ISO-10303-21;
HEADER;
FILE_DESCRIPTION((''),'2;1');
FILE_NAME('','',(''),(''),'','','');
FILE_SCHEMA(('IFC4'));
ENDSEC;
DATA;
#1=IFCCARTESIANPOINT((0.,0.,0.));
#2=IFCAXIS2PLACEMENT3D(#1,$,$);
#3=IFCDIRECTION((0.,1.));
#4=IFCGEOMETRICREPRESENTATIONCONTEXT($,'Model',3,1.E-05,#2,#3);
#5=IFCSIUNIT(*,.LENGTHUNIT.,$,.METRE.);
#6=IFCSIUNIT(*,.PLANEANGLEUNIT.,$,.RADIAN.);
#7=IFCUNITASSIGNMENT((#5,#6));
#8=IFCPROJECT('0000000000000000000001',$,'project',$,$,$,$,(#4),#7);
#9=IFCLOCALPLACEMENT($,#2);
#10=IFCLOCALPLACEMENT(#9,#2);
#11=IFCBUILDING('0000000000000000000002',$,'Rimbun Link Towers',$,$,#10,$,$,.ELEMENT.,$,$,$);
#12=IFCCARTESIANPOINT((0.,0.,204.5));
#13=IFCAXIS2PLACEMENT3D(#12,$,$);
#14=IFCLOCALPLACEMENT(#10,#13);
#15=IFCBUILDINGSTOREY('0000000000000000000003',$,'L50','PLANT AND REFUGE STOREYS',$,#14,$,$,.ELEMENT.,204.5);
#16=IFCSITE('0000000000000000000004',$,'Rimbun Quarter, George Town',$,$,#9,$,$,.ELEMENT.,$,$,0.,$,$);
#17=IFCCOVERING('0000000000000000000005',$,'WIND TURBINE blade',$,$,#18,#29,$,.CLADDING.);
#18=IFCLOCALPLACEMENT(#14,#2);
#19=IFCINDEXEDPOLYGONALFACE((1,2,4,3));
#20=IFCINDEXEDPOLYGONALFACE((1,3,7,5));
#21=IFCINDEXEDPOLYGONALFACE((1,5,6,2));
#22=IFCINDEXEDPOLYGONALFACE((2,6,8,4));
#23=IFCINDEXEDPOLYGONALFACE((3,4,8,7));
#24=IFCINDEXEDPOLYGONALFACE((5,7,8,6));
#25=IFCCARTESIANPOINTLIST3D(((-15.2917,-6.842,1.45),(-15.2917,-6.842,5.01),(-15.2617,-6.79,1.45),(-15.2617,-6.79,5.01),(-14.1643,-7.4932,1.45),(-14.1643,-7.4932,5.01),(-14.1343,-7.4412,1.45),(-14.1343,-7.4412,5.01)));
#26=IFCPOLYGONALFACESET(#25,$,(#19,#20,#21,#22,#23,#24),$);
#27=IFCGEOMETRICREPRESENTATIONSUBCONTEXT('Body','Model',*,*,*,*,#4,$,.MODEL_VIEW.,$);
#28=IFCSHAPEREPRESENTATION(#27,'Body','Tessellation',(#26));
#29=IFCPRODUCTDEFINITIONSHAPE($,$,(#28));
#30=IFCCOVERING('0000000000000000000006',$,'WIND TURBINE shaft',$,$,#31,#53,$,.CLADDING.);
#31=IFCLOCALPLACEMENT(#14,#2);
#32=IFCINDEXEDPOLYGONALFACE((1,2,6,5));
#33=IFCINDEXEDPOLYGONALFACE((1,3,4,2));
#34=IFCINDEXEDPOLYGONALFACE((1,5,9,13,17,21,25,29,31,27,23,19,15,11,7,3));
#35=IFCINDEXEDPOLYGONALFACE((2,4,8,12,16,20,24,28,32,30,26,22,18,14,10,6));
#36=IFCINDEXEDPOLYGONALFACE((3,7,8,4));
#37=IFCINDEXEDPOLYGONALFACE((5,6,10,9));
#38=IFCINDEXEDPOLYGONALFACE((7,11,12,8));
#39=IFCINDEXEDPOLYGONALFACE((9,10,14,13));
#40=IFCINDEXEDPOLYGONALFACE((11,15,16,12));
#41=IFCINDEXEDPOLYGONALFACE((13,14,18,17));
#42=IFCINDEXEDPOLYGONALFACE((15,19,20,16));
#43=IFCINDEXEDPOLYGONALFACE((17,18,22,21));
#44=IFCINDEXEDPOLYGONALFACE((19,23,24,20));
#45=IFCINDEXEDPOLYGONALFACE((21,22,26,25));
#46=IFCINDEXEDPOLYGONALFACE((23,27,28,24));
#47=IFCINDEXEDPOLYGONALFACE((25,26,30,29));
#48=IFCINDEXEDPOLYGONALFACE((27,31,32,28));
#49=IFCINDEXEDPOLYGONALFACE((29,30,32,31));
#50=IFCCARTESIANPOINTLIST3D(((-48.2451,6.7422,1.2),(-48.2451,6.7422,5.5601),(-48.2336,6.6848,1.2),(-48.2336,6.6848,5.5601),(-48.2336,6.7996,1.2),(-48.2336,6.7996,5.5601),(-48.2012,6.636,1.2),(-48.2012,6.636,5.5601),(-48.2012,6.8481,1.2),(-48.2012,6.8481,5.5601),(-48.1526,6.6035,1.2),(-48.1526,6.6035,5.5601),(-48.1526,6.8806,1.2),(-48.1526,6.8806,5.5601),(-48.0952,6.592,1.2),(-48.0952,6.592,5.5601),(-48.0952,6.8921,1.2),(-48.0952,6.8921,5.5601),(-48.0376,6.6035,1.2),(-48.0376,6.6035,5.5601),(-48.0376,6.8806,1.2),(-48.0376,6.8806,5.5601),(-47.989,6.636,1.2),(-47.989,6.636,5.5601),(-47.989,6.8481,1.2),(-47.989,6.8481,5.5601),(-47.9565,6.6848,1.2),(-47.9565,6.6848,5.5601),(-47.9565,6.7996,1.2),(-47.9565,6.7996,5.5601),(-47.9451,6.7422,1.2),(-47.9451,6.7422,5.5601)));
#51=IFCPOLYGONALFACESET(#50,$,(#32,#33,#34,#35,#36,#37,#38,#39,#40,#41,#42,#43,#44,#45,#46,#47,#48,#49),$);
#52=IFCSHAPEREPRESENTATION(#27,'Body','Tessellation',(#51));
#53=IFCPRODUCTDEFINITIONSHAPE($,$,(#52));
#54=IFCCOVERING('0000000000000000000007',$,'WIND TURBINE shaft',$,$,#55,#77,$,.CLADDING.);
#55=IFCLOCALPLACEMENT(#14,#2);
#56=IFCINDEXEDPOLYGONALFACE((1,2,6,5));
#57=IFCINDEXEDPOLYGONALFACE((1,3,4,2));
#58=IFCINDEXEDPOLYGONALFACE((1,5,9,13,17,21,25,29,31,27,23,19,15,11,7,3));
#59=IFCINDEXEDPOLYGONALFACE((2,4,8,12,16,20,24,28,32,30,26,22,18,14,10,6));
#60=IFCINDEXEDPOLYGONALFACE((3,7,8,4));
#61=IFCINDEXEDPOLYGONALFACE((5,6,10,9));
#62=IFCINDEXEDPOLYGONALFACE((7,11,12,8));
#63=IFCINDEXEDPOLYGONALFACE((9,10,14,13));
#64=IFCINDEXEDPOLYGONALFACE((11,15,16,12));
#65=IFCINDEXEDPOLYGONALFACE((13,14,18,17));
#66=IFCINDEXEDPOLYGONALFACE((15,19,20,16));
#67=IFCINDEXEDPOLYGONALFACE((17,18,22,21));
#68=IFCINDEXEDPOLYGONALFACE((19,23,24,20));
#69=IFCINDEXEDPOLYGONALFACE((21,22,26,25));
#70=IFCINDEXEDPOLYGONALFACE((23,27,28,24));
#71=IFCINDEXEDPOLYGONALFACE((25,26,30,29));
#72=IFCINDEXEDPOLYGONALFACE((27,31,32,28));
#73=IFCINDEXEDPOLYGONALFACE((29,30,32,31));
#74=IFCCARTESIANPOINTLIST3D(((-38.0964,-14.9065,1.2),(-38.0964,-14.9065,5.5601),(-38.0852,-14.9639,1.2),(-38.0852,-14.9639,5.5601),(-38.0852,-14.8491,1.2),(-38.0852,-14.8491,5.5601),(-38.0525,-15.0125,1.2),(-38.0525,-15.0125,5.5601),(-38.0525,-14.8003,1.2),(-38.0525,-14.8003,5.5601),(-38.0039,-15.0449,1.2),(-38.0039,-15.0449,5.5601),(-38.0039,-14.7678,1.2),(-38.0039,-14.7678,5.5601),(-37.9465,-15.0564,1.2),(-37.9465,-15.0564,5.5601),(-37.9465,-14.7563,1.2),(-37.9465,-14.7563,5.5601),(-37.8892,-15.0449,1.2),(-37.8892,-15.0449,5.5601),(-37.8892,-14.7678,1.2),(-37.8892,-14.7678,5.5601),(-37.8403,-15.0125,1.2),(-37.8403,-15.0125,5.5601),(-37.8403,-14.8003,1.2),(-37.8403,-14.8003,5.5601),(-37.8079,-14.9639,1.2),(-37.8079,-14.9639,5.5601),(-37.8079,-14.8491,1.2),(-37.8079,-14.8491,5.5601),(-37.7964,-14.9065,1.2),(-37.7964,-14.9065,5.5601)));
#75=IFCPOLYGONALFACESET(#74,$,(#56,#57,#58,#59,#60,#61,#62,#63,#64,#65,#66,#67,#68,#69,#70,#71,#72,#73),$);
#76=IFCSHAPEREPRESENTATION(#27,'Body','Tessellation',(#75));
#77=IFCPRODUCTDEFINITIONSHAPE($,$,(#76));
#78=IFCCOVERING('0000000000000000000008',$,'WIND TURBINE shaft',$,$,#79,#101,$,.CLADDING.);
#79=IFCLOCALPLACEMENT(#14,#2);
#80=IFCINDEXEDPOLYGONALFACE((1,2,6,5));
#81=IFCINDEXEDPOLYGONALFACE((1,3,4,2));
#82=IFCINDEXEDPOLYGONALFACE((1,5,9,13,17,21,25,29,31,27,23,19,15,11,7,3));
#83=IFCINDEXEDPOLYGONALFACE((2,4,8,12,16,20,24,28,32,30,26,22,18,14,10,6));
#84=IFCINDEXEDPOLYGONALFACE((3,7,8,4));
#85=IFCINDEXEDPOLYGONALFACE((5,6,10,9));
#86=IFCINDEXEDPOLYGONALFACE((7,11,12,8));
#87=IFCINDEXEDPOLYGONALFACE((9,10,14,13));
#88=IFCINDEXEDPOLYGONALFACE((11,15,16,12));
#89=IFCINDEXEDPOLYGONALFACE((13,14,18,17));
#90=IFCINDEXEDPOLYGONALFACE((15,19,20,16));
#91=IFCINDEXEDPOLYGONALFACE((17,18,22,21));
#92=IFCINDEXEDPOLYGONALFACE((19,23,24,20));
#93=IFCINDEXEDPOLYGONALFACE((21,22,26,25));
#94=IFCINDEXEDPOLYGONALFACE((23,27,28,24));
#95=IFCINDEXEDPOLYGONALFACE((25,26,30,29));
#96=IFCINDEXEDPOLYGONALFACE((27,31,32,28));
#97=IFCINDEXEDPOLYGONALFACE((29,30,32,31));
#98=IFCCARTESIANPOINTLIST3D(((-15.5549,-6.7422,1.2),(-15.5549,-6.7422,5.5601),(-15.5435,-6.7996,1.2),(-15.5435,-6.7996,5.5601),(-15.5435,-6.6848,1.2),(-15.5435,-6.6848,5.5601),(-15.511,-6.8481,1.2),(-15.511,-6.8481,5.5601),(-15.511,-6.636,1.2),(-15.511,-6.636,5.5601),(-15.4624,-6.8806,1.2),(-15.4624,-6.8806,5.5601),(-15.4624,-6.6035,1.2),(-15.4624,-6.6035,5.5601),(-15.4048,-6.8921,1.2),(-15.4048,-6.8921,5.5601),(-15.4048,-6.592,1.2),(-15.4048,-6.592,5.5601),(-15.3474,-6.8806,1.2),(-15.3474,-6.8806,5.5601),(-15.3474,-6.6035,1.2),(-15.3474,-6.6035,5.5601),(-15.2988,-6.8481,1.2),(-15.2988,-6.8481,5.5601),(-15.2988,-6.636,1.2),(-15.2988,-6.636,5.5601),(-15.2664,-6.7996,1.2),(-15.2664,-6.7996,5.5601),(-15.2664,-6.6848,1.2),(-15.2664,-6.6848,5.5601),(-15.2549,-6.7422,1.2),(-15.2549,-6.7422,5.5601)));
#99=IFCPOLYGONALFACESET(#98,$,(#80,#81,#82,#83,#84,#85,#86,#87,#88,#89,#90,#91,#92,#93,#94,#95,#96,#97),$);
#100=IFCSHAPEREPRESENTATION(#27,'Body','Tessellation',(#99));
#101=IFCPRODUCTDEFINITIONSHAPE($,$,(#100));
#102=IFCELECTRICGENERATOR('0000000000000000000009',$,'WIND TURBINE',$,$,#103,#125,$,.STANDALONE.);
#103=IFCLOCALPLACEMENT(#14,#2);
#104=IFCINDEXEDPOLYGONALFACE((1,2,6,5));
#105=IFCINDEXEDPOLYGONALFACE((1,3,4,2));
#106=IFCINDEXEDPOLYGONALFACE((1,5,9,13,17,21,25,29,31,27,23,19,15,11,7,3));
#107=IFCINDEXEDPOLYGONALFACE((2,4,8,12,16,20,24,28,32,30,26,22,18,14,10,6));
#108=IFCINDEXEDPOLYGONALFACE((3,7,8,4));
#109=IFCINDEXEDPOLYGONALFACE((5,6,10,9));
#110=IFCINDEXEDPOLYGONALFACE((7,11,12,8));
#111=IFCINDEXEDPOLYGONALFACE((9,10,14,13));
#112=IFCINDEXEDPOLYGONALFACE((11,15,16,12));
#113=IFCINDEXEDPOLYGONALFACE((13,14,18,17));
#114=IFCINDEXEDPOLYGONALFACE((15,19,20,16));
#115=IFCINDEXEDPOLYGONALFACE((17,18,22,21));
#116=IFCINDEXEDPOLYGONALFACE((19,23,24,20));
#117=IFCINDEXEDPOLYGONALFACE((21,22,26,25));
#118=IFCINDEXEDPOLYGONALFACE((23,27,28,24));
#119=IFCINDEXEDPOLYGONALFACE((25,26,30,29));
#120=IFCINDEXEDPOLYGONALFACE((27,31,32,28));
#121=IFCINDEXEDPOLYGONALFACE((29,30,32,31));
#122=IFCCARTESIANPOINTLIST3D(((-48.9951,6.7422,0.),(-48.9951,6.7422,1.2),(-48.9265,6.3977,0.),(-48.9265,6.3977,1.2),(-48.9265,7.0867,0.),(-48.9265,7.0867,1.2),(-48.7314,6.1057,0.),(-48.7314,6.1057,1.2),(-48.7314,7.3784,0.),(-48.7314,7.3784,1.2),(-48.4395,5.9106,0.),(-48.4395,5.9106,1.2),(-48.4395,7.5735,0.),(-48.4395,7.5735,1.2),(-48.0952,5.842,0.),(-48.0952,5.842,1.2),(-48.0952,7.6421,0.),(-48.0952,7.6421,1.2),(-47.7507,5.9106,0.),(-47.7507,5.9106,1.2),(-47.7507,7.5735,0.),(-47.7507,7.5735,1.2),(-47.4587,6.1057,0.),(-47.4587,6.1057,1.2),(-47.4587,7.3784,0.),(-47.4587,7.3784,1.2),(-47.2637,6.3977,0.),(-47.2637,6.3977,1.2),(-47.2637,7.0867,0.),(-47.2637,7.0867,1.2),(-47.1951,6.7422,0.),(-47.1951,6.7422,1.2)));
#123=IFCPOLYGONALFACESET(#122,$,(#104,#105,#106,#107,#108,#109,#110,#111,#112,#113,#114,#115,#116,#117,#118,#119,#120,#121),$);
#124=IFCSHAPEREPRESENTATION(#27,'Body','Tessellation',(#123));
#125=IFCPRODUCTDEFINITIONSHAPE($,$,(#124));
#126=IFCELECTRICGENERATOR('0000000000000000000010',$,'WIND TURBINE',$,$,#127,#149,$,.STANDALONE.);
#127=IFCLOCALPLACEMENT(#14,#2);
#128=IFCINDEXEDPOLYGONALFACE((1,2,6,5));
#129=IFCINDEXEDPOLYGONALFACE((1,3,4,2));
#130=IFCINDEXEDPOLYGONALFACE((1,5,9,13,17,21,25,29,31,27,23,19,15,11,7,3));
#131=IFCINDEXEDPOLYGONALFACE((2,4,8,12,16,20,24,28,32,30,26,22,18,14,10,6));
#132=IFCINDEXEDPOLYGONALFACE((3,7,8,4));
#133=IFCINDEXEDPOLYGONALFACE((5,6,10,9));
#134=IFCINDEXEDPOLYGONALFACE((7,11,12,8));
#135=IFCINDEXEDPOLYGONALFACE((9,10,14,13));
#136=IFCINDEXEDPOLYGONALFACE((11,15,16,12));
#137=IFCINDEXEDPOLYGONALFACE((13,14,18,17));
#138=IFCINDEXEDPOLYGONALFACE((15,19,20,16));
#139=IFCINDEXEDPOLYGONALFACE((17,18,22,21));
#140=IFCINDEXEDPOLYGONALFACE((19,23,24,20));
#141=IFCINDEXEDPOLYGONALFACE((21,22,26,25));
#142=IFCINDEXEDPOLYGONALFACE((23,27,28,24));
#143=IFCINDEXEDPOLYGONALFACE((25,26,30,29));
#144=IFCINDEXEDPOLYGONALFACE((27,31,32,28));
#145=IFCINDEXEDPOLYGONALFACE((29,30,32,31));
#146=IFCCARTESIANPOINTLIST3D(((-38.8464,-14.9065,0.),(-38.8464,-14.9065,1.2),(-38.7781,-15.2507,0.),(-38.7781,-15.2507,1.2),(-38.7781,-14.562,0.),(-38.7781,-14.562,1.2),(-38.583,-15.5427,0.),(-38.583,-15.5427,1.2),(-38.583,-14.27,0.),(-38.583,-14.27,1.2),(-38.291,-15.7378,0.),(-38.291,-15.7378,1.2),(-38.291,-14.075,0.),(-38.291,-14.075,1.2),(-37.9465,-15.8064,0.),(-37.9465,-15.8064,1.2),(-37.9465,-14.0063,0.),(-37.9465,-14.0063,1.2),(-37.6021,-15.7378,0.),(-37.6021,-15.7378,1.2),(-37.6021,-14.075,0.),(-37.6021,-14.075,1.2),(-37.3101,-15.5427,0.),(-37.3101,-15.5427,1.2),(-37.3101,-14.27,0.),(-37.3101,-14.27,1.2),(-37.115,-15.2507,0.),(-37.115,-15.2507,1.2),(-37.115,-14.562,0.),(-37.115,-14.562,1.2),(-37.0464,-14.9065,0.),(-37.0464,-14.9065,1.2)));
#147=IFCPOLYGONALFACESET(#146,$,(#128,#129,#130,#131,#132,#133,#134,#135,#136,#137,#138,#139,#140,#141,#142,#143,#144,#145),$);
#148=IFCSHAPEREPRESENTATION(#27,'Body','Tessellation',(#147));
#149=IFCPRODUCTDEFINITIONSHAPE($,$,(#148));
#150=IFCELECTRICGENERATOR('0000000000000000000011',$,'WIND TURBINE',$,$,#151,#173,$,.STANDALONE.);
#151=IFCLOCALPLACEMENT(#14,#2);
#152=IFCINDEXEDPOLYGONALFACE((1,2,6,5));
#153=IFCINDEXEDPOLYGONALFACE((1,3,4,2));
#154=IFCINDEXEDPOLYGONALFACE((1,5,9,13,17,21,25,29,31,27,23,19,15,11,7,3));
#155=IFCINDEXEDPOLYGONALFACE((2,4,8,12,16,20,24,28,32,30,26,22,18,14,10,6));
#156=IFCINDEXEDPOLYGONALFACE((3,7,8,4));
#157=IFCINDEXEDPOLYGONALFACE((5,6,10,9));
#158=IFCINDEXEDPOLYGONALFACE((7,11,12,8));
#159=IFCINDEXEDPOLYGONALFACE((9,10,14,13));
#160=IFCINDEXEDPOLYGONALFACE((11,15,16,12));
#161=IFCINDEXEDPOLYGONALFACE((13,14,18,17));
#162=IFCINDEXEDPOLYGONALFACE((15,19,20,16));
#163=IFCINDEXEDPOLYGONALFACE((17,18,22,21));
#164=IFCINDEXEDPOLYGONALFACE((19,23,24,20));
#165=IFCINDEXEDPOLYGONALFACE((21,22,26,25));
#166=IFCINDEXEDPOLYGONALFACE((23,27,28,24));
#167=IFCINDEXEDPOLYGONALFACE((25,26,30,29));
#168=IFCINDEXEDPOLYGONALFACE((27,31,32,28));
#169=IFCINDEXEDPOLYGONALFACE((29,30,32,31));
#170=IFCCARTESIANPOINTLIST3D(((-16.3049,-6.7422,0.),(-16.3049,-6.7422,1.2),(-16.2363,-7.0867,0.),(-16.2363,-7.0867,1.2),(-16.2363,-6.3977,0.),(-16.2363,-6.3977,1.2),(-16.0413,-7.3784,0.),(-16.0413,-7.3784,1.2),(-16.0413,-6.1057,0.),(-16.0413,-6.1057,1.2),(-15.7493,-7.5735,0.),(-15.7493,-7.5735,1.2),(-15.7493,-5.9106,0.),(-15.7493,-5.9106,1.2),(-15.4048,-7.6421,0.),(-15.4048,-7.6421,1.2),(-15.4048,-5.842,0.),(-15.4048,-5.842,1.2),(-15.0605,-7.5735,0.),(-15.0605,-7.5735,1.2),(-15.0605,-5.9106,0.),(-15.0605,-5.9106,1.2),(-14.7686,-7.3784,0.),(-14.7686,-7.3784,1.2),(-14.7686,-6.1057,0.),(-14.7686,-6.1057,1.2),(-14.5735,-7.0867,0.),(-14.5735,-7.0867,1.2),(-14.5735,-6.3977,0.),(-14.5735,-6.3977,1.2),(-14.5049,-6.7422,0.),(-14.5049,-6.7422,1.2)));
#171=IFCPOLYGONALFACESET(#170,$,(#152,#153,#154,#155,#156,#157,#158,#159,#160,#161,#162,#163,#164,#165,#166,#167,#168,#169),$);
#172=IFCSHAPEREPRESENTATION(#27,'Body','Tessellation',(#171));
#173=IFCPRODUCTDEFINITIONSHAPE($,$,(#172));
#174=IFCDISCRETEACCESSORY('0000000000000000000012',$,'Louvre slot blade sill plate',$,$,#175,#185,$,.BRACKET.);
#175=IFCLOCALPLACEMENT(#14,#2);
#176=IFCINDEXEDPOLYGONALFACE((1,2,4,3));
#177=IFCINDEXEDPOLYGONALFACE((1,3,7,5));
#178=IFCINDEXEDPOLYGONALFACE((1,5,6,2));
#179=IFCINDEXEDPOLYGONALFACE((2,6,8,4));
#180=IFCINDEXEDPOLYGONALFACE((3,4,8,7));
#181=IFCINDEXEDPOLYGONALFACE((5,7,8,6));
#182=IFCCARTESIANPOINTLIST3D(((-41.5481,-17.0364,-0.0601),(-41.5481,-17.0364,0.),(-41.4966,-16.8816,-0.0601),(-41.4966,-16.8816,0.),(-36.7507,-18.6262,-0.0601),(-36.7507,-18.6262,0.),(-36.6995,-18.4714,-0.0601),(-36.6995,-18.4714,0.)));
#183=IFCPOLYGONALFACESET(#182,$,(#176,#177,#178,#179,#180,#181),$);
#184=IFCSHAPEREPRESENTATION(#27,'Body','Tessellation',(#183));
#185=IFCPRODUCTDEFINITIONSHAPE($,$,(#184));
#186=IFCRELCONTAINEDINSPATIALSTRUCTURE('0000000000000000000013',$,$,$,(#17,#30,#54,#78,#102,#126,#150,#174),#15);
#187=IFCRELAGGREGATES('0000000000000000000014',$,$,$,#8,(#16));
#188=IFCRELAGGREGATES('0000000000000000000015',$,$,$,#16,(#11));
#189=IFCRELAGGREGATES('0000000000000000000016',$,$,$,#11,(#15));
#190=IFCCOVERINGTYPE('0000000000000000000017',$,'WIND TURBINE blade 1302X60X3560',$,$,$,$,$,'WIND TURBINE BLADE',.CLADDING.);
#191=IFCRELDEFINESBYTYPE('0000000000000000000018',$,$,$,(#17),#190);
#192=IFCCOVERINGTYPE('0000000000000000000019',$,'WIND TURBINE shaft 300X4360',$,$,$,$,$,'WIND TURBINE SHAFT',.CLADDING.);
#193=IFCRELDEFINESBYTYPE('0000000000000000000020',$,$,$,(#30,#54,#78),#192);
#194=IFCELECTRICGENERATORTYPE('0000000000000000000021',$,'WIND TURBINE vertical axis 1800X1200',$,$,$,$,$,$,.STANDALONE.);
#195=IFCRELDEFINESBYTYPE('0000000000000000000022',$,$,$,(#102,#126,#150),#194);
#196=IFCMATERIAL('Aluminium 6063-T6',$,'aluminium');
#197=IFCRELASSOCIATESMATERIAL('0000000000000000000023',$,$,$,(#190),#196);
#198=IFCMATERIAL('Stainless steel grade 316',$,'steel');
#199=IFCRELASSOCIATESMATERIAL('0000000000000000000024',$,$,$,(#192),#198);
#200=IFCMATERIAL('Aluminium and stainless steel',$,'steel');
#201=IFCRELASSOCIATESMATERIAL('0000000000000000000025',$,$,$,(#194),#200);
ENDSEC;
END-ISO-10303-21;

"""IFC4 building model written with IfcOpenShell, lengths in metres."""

from ifc_helpers import new_model, si_unit, direction, frame, origin, place, context, subcontext, project, spatial, polyline, outline, extrude, material, type_object, element, save


model = new_model("IFC4")

# Units and contexts
model_context = context("Model", 3, precision=1e-05, world=origin(), true_north=direction((0.0, 1.0)))
body_context = subcontext(model_context, "Body", "Model", "MODEL_VIEW")
ifc_project = project(units=[si_unit("LENGTHUNIT", "METRE"), si_unit("PLANEANGLEUNIT", "RADIAN")], contexts=[model_context])

# Site, building, storey
site_placement = place(None, origin())
site = spatial("IfcSite", under=ifc_project, at=site_placement, Name="Rimbun Quarter, George Town", CompositionType="ELEMENT", RefElevation=0.0)
building_placement = place(site_placement, origin())
building = spatial("IfcBuilding", under=site, at=building_placement, Name="Rimbun Link Towers", CompositionType="ELEMENT")
storey_placement = place(building_placement, frame((0.0, 0.0, 204.5)))
storey = spatial("IfcBuildingStorey", under=building, at=storey_placement, Name="L50", Description="PLANT AND REFUGE STOREYS", CompositionType="ELEMENT", Elevation=204.5)

# Coverings
ifc_material_1 = material(Name="Aluminium 6063-T6", Category="aluminium")
covering_type_1 = type_object("IfcCoveringType", Name="WIND TURBINE blade 1302X60X3560", ElementType="WIND TURBINE BLADE", PredefinedType="CLADDING", material=ifc_material_1)
covering_1_placement = place(storey_placement, frame((0.0, 0.0, 1.45)))
element("IfcCovering", 1, at=covering_1_placement, inside=storey, type_object=covering_type_1, Name="WIND TURBINE blade", PredefinedType="CLADDING", context=body_context, shape_type="SweptSolid", body=[
    extrude(outline(polyline([(-15.2917, -6.842), (-14.1643, -7.4932), (-14.1343, -7.4412), (-15.2617, -6.79), (-15.2917, -6.842)])), origin(), (0.0, 0.0, 1.0), 3.5601),
])
ifc_material_2 = material(Name="Stainless steel grade 316", Category="steel")
covering_type_2 = type_object("IfcCoveringType", Name="WIND TURBINE shaft 300X4360", ElementType="WIND TURBINE SHAFT", PredefinedType="CLADDING", material=ifc_material_2)
covering_2_placement = place(storey_placement, frame((0.0, 0.0, 1.2)))
element("IfcCovering", 2, at=covering_2_placement, inside=storey, type_object=covering_type_2, Name="WIND TURBINE shaft", PredefinedType="CLADDING", context=body_context, shape_type="SweptSolid", body=[
    extrude(outline(polyline([(-47.9451, 6.7422), (-47.9565, 6.7996), (-47.989, 6.8481), (-48.0376, 6.8806), (-48.0952, 6.8921), (-48.1526, 6.8806), (-48.2012, 6.8481), (-48.2336, 6.7996), (-48.2451, 6.7422), (-48.2336, 6.6848), (-48.2012, 6.636), (-48.1526, 6.6035), (-48.0952, 6.592), (-48.0376, 6.6035), (-47.989, 6.636), (-47.9565, 6.6848), (-47.9451, 6.7422)])), origin(), (0.0, 0.0, 1.0), 4.3601),
])
covering_3_placement = place(storey_placement, frame((0.0, 0.0, 1.2)))
element("IfcCovering", 3, at=covering_3_placement, inside=storey, type_object=covering_type_2, Name="WIND TURBINE shaft", PredefinedType="CLADDING", context=body_context, shape_type="SweptSolid", body=[
    extrude(outline(polyline([(-37.7964, -14.9065), (-37.8079, -14.8491), (-37.8403, -14.8003), (-37.8892, -14.7678), (-37.9465, -14.7563), (-38.0039, -14.7678), (-38.0525, -14.8003), (-38.0852, -14.8491), (-38.0964, -14.9065), (-38.0852, -14.9639), (-38.0525, -15.0125), (-38.0039, -15.0449), (-37.9465, -15.0564), (-37.8892, -15.0449), (-37.8403, -15.0125), (-37.8079, -14.9639), (-37.7964, -14.9065)])), origin(), (0.0, 0.0, 1.0), 4.3601),
])
covering_4_placement = place(storey_placement, frame((0.0, 0.0, 1.2)))
element("IfcCovering", 4, at=covering_4_placement, inside=storey, type_object=covering_type_2, Name="WIND TURBINE shaft", PredefinedType="CLADDING", context=body_context, shape_type="SweptSolid", body=[
    extrude(outline(polyline([(-15.2549, -6.7422), (-15.2664, -6.6848), (-15.2988, -6.636), (-15.3474, -6.6035), (-15.4048, -6.592), (-15.4624, -6.6035), (-15.511, -6.636), (-15.5435, -6.6848), (-15.5549, -6.7422), (-15.5435, -6.7996), (-15.511, -6.8481), (-15.4624, -6.8806), (-15.4048, -6.8921), (-15.3474, -6.8806), (-15.2988, -6.8481), (-15.2664, -6.7996), (-15.2549, -6.7422)])), origin(), (0.0, 0.0, 1.0), 4.3601),
])

# Electric generators
ifc_material_3 = material(Name="Aluminium and stainless steel", Category="steel")
electric_generator_type = type_object("IfcElectricGeneratorType", Name="WIND TURBINE vertical axis 1800X1200", PredefinedType="STANDALONE", material=ifc_material_3)
electric_generator_1_placement = place(storey_placement, origin())
element("IfcElectricGenerator", 5, at=electric_generator_1_placement, inside=storey, type_object=electric_generator_type, Name="WIND TURBINE", PredefinedType="STANDALONE", context=body_context, shape_type="SweptSolid", body=[
    extrude(outline(polyline([(-47.1951, 6.7422), (-47.2637, 7.0867), (-47.4587, 7.3784), (-47.7507, 7.5735), (-48.0952, 7.6421), (-48.4395, 7.5735), (-48.7314, 7.3784), (-48.9265, 7.0867), (-48.9951, 6.7422), (-48.9265, 6.3977), (-48.7314, 6.1057), (-48.4395, 5.9106), (-48.0952, 5.842), (-47.7507, 5.9106), (-47.4587, 6.1057), (-47.2637, 6.3977), (-47.1951, 6.7422)])), origin(), (0.0, 0.0, 1.0), 1.2),
])
electric_generator_2_placement = place(storey_placement, origin())
element("IfcElectricGenerator", 6, at=electric_generator_2_placement, inside=storey, type_object=electric_generator_type, Name="WIND TURBINE", PredefinedType="STANDALONE", context=body_context, shape_type="SweptSolid", body=[
    extrude(outline(polyline([(-37.0464, -14.9065), (-37.115, -14.562), (-37.3101, -14.27), (-37.6021, -14.075), (-37.9465, -14.0063), (-38.291, -14.075), (-38.583, -14.27), (-38.7781, -14.562), (-38.8464, -14.9065), (-38.7781, -15.2507), (-38.583, -15.5427), (-38.291, -15.7378), (-37.9465, -15.8064), (-37.6021, -15.7378), (-37.3101, -15.5427), (-37.115, -15.2507), (-37.0464, -14.9065)])), origin(), (0.0, 0.0, 1.0), 1.2),
])
electric_generator_3_placement = place(storey_placement, origin())
element("IfcElectricGenerator", 7, at=electric_generator_3_placement, inside=storey, type_object=electric_generator_type, Name="WIND TURBINE", PredefinedType="STANDALONE", context=body_context, shape_type="SweptSolid", body=[
    extrude(outline(polyline([(-14.5049, -6.7422), (-14.5735, -6.3977), (-14.7686, -6.1057), (-15.0605, -5.9106), (-15.4048, -5.842), (-15.7493, -5.9106), (-16.0413, -6.1057), (-16.2363, -6.3977), (-16.3049, -6.7422), (-16.2363, -7.0867), (-16.0413, -7.3784), (-15.7493, -7.5735), (-15.4048, -7.6421), (-15.0605, -7.5735), (-14.7686, -7.3784), (-14.5735, -7.0867), (-14.5049, -6.7422)])), origin(), (0.0, 0.0, 1.0), 1.2),
])

# Discrete accessory
discrete_accessory_1_placement = place(storey_placement, frame((0.0, 0.0, -0.0601)))
element("IfcDiscreteAccessory", 8, at=discrete_accessory_1_placement, inside=storey, Name="Louvre slot blade sill plate", PredefinedType="BRACKET", context=body_context, shape_type="SweptSolid", body=[
    extrude(outline(polyline([(-36.6995, -18.4714), (-36.7507, -18.6262), (-41.5481, -17.0364), (-41.4966, -16.8816), (-36.6995, -18.4714)])), origin(), (0.0, 0.0, 1.0), 0.0601),
])

save(model, "model.ifc")
